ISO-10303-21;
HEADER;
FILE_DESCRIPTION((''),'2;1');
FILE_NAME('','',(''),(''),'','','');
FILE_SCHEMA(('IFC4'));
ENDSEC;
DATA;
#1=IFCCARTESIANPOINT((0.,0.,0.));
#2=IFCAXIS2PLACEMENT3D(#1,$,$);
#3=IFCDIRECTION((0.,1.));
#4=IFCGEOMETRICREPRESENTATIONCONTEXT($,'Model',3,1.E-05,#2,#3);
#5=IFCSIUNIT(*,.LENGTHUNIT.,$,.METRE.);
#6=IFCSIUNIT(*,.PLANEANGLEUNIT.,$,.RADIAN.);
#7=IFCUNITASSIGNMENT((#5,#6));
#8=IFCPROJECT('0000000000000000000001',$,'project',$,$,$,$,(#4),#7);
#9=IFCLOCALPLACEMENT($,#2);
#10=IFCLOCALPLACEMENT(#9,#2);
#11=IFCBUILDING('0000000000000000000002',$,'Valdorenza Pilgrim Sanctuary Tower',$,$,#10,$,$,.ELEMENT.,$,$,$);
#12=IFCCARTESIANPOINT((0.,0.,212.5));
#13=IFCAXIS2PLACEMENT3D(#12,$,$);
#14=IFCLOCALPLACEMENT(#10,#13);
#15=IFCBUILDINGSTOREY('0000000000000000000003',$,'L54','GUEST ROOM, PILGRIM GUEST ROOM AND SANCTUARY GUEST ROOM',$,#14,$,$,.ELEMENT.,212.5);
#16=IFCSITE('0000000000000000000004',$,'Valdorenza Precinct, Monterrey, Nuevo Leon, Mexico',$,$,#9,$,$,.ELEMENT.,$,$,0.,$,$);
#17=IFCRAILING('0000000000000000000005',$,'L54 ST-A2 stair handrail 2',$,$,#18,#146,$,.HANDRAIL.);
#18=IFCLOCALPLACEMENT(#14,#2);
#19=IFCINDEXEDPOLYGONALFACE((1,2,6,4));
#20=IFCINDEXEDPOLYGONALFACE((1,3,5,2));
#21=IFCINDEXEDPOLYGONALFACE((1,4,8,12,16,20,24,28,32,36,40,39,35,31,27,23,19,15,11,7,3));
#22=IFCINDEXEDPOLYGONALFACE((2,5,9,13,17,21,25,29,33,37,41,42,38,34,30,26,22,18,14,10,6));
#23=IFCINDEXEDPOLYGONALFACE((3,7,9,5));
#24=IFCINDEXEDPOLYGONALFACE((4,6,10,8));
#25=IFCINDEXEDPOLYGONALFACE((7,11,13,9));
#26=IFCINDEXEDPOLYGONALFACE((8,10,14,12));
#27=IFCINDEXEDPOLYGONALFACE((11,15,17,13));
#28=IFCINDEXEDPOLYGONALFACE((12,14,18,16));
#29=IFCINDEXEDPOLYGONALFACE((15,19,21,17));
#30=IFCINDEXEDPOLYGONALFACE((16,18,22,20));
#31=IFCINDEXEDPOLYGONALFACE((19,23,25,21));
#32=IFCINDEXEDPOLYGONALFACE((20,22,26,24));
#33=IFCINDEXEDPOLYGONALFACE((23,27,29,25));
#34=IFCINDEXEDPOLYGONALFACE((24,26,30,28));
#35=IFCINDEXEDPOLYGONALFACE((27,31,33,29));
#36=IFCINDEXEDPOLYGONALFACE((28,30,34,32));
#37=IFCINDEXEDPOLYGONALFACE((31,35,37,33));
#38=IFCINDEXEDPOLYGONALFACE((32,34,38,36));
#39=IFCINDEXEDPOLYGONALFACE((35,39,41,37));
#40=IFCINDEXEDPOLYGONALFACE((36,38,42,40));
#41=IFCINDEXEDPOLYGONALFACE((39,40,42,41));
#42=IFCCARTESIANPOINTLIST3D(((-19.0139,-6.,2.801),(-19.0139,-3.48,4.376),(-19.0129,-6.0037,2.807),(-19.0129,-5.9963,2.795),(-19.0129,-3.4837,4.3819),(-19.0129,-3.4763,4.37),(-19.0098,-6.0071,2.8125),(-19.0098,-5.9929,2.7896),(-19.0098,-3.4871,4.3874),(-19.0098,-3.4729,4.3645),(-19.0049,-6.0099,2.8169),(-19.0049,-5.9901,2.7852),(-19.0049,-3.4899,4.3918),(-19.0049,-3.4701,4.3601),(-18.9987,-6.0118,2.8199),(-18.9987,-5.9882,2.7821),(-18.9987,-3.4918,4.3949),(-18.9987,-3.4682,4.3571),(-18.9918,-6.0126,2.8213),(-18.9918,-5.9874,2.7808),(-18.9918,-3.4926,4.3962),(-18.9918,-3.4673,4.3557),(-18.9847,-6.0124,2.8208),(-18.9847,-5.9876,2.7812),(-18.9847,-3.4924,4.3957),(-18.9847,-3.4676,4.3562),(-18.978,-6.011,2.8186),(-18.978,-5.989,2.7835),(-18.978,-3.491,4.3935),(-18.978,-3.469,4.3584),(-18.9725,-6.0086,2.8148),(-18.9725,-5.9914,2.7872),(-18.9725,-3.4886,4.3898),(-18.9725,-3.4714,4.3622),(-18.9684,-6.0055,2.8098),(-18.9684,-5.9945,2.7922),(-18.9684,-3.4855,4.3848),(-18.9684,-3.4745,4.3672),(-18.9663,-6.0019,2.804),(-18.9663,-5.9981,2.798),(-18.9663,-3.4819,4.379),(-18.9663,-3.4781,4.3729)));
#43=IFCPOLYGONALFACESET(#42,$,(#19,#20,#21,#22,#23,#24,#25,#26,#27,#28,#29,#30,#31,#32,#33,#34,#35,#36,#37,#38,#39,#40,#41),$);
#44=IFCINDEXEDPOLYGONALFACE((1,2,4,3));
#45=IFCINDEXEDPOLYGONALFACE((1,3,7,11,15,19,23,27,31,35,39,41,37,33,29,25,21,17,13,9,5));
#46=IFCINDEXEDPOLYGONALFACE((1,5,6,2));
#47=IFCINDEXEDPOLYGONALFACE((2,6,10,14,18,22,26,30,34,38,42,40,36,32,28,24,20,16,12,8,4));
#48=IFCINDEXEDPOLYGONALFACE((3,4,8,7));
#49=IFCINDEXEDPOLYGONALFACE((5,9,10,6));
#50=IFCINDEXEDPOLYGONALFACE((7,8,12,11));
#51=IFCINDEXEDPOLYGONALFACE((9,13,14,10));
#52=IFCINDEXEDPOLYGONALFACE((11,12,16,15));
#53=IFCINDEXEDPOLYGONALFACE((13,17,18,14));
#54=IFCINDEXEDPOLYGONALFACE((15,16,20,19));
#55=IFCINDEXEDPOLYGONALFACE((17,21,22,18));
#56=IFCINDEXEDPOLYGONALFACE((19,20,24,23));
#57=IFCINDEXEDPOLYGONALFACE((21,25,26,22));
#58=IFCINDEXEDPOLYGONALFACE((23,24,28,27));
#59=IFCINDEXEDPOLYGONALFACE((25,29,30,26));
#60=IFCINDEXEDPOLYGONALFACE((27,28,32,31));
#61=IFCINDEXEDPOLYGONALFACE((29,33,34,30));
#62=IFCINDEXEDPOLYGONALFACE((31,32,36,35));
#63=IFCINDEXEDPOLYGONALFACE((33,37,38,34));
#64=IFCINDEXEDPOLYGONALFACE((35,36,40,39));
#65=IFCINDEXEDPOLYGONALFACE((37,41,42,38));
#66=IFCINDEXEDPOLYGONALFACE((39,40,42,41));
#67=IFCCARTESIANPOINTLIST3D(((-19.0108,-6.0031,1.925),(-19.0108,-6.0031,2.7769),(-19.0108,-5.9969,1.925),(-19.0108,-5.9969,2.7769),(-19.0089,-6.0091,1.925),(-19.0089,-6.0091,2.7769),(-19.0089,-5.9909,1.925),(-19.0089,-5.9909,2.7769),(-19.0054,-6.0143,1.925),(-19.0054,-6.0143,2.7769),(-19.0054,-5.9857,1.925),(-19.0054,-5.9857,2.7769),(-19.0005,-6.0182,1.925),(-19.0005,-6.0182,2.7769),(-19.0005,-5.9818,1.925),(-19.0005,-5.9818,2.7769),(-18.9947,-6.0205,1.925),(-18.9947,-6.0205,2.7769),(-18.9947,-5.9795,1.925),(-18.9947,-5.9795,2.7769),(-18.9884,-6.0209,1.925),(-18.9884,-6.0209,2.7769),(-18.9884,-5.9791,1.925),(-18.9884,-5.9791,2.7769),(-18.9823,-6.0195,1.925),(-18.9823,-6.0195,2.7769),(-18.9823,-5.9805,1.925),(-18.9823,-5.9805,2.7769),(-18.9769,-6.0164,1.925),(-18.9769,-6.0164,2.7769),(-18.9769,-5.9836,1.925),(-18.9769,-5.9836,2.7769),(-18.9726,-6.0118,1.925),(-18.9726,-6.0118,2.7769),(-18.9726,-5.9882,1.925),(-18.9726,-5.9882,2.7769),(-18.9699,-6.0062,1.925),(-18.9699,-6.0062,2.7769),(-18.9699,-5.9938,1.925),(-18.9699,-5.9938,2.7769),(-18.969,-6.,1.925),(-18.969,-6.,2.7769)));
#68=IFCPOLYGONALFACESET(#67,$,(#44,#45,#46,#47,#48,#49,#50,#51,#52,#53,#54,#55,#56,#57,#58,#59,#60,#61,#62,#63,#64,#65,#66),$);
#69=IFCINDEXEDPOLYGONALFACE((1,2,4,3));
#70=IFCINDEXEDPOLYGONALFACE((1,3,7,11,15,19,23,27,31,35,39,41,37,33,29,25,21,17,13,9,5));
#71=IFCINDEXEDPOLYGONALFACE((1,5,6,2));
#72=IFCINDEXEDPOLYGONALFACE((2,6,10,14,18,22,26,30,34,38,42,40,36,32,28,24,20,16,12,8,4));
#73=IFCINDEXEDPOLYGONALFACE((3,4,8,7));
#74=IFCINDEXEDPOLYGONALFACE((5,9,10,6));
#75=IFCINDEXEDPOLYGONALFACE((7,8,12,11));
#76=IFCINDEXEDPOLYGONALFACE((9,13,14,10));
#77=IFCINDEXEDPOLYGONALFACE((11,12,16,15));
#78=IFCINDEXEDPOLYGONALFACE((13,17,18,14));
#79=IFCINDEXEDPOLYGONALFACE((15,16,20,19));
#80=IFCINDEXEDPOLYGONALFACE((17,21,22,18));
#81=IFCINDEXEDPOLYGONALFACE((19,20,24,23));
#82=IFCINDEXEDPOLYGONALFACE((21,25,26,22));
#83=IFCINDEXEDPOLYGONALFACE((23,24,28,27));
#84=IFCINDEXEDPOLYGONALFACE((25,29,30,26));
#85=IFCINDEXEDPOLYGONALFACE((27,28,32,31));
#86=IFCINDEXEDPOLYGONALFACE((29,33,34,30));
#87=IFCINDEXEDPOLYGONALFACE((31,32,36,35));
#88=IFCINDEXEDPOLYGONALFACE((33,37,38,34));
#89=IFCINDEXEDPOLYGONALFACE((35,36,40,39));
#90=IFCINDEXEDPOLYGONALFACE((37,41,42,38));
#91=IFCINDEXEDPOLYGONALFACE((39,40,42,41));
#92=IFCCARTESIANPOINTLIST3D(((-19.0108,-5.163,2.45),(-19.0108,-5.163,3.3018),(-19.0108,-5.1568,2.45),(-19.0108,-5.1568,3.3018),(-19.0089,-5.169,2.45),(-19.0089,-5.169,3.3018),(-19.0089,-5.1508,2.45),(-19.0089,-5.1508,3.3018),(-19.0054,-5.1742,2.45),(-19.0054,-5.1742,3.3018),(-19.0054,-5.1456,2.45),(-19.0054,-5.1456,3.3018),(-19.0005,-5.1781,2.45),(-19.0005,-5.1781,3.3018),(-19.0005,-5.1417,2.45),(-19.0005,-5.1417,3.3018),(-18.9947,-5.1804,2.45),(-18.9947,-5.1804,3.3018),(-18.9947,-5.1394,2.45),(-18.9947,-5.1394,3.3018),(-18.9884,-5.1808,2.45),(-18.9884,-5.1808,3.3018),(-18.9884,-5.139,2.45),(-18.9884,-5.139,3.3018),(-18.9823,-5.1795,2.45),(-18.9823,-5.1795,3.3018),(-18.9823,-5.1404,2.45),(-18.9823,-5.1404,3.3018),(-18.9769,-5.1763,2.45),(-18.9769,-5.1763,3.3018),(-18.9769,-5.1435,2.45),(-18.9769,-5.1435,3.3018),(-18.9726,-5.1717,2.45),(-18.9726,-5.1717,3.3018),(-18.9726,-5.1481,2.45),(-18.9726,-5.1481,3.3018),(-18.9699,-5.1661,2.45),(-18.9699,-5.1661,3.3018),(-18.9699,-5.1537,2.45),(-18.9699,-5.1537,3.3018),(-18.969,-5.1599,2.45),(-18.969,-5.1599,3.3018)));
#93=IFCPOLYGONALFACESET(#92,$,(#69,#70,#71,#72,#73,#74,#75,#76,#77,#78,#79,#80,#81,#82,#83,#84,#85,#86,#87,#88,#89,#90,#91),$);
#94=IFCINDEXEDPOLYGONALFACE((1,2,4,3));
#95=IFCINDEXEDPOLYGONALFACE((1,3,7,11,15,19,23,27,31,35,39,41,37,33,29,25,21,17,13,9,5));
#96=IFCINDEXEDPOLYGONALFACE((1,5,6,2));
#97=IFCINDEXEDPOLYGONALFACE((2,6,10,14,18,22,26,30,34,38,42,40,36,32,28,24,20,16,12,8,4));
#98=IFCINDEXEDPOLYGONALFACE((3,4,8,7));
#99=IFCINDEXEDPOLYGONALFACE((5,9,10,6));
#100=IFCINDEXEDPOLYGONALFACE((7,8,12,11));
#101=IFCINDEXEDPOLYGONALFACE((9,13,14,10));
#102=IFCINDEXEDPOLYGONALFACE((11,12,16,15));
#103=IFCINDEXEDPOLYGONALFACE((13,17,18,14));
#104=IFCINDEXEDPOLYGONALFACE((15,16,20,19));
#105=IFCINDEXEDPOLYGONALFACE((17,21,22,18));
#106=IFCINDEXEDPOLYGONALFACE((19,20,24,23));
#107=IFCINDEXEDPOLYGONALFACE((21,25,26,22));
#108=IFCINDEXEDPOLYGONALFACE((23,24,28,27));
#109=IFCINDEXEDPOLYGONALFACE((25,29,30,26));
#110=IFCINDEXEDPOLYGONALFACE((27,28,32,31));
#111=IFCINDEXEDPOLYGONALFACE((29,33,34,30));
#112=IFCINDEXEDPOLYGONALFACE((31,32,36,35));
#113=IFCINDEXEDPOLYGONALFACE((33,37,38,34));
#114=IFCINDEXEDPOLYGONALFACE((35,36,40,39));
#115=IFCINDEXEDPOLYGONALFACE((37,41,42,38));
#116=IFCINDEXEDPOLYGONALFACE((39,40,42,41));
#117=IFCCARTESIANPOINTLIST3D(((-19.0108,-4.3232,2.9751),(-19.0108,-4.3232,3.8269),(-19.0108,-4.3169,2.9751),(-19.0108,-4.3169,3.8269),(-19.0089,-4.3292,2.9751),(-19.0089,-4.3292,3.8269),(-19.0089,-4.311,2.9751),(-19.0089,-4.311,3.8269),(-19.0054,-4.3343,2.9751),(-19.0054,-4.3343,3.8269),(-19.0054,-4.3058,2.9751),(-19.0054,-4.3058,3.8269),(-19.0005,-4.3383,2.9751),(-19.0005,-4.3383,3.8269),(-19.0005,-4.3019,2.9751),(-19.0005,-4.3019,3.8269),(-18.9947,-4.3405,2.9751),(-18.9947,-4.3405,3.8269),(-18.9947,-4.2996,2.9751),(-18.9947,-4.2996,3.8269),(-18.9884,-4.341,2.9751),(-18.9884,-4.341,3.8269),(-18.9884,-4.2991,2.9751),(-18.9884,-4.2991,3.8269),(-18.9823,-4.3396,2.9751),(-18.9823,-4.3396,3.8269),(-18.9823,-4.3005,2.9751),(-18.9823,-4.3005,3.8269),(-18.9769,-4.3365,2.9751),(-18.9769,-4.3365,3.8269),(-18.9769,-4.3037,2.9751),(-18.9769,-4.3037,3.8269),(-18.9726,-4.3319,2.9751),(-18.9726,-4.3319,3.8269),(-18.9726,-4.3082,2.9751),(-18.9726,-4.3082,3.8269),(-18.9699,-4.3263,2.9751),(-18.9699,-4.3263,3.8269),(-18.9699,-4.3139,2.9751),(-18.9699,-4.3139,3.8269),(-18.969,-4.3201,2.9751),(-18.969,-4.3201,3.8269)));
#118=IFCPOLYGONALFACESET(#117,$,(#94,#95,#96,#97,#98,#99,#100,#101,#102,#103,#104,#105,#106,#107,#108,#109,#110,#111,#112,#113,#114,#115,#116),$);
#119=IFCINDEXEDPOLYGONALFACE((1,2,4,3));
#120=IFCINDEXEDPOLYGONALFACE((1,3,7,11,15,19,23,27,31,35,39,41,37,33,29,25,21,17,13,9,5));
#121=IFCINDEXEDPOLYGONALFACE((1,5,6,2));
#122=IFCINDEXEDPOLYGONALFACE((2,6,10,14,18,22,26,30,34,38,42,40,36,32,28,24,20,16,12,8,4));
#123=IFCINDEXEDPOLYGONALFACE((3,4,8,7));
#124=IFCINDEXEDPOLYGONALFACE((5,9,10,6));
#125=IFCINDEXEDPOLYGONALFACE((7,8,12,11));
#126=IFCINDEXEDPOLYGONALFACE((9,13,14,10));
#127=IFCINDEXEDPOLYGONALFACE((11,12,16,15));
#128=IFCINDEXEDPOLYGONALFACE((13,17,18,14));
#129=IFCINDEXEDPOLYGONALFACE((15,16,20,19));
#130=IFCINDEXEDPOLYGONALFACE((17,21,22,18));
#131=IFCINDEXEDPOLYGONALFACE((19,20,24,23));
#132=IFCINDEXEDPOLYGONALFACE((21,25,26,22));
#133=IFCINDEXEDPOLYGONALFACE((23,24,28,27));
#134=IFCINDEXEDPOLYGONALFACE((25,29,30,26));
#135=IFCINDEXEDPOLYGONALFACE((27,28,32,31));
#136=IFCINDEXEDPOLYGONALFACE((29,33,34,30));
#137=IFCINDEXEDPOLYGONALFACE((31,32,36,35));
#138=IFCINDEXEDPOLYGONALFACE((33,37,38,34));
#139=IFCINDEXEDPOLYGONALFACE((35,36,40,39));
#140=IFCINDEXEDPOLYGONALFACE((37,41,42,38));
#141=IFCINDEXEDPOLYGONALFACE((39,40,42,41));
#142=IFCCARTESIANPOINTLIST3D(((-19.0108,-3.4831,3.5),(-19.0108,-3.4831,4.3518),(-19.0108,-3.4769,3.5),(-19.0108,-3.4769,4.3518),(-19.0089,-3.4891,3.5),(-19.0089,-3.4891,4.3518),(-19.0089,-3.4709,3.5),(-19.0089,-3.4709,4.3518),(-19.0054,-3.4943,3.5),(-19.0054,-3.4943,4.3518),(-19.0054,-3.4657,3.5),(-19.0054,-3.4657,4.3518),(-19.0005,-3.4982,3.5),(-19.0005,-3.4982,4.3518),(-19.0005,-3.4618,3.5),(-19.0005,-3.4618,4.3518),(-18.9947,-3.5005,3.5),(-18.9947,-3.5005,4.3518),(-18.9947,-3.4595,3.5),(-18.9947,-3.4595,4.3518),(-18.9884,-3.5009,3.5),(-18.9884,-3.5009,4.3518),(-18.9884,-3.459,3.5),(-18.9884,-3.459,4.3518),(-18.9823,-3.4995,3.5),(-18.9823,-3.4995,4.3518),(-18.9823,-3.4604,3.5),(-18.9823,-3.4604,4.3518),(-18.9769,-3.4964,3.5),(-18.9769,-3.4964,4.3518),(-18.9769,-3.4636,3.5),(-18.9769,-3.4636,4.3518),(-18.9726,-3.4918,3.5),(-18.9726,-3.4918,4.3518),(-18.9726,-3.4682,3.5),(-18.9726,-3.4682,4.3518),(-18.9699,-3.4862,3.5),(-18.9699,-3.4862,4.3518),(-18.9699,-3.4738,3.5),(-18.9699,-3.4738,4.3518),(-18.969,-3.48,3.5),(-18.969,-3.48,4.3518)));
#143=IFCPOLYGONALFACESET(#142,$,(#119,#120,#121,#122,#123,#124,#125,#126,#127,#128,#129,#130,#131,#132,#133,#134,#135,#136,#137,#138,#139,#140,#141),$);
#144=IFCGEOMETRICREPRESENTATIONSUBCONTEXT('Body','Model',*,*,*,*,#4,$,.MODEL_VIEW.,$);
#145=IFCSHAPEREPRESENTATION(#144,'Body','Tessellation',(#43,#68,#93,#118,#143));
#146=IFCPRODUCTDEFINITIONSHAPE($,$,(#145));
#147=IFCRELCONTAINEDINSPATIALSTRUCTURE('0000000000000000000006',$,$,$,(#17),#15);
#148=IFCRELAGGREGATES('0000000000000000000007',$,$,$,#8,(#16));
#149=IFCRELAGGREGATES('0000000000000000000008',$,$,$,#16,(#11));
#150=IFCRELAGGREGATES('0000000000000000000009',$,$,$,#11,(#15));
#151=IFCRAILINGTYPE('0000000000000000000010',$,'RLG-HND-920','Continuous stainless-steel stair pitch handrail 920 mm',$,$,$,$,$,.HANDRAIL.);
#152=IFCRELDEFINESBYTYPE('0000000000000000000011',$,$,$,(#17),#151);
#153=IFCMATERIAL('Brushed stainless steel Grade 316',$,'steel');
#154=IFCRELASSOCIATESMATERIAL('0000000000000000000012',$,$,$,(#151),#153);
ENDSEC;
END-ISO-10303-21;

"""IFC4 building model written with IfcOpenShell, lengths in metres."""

from ifc_helpers import new_model, si_unit, direction, frame, origin, origin_2d, place, context, subcontext, project, spatial, circle, extrude, material, type_object, element, save


model = new_model("IFC4")

# Units and contexts
model_context = context("Model", 3, precision=1e-05, world=origin(), true_north=direction((0.0, 1.0)))
body_context = subcontext(model_context, "Body", "Model", "MODEL_VIEW")
ifc_project = project(units=[si_unit("LENGTHUNIT", "METRE"), si_unit("PLANEANGLEUNIT", "RADIAN")], contexts=[model_context])

# Site, building, storey
site_placement = place(None, origin())
site = spatial("IfcSite", under=ifc_project, at=site_placement, Name="Valdorenza Precinct, Monterrey, Nuevo Leon, Mexico", CompositionType="ELEMENT", RefElevation=0.0)
building_placement = place(site_placement, origin())
building = spatial("IfcBuilding", under=site, at=building_placement, Name="Valdorenza Pilgrim Sanctuary Tower", CompositionType="ELEMENT")
storey_placement = place(building_placement, frame((0.0, 0.0, 212.5)))
storey = spatial("IfcBuildingStorey", under=building, at=storey_placement, Name="L54", Description="GUEST ROOM, PILGRIM GUEST ROOM AND SANCTUARY GUEST ROOM", CompositionType="ELEMENT", Elevation=212.5)

# Shared definitions
ifc_material_1 = material(Name="Brushed stainless steel Grade 316", Category="steel")

# Railing
railing_type = type_object("IfcRailingType", Name="RLG-HND-920", Description="Continuous stainless-steel stair pitch handrail 920 mm", PredefinedType="HANDRAIL", material=ifc_material_1)
railing_placement = place(storey_placement, frame((-18.99, -6.0, 1.925)))
element("IfcRailing", 1, at=railing_placement, inside=storey, type_object=railing_type, Name="L54 ST-A2 stair handrail 2", PredefinedType="HANDRAIL", context=body_context, shape_type="SweptSolid", body=[
    extrude(circle(Radius=0.0239, at=origin_2d()), frame((0.0, 0.0, 0.876), z_axis=(0.0, 0.848008, 0.529984), x_axis=(-1.0, 0.0, 0.0)), (0.0, 0.0, 1.0), 2.9717),
    extrude(circle(Radius=0.021, at=origin_2d()), origin(), (0.0, 0.0, 1.0), 0.8518),
    extrude(circle(Radius=0.021, at=origin_2d()), frame((0.0, 0.8401, 0.5249)), (0.0, 0.0, 1.0), 0.8518),
    extrude(circle(Radius=0.021, at=origin_2d()), frame((0.0, 1.6799, 1.05)), (0.0, 0.0, 1.0), 0.8518),
    extrude(circle(Radius=0.021, at=origin_2d()), frame((0.0, 2.52, 1.575)), (0.0, 0.0, 1.0), 0.8518),
])

save(model, "model.ifc")
